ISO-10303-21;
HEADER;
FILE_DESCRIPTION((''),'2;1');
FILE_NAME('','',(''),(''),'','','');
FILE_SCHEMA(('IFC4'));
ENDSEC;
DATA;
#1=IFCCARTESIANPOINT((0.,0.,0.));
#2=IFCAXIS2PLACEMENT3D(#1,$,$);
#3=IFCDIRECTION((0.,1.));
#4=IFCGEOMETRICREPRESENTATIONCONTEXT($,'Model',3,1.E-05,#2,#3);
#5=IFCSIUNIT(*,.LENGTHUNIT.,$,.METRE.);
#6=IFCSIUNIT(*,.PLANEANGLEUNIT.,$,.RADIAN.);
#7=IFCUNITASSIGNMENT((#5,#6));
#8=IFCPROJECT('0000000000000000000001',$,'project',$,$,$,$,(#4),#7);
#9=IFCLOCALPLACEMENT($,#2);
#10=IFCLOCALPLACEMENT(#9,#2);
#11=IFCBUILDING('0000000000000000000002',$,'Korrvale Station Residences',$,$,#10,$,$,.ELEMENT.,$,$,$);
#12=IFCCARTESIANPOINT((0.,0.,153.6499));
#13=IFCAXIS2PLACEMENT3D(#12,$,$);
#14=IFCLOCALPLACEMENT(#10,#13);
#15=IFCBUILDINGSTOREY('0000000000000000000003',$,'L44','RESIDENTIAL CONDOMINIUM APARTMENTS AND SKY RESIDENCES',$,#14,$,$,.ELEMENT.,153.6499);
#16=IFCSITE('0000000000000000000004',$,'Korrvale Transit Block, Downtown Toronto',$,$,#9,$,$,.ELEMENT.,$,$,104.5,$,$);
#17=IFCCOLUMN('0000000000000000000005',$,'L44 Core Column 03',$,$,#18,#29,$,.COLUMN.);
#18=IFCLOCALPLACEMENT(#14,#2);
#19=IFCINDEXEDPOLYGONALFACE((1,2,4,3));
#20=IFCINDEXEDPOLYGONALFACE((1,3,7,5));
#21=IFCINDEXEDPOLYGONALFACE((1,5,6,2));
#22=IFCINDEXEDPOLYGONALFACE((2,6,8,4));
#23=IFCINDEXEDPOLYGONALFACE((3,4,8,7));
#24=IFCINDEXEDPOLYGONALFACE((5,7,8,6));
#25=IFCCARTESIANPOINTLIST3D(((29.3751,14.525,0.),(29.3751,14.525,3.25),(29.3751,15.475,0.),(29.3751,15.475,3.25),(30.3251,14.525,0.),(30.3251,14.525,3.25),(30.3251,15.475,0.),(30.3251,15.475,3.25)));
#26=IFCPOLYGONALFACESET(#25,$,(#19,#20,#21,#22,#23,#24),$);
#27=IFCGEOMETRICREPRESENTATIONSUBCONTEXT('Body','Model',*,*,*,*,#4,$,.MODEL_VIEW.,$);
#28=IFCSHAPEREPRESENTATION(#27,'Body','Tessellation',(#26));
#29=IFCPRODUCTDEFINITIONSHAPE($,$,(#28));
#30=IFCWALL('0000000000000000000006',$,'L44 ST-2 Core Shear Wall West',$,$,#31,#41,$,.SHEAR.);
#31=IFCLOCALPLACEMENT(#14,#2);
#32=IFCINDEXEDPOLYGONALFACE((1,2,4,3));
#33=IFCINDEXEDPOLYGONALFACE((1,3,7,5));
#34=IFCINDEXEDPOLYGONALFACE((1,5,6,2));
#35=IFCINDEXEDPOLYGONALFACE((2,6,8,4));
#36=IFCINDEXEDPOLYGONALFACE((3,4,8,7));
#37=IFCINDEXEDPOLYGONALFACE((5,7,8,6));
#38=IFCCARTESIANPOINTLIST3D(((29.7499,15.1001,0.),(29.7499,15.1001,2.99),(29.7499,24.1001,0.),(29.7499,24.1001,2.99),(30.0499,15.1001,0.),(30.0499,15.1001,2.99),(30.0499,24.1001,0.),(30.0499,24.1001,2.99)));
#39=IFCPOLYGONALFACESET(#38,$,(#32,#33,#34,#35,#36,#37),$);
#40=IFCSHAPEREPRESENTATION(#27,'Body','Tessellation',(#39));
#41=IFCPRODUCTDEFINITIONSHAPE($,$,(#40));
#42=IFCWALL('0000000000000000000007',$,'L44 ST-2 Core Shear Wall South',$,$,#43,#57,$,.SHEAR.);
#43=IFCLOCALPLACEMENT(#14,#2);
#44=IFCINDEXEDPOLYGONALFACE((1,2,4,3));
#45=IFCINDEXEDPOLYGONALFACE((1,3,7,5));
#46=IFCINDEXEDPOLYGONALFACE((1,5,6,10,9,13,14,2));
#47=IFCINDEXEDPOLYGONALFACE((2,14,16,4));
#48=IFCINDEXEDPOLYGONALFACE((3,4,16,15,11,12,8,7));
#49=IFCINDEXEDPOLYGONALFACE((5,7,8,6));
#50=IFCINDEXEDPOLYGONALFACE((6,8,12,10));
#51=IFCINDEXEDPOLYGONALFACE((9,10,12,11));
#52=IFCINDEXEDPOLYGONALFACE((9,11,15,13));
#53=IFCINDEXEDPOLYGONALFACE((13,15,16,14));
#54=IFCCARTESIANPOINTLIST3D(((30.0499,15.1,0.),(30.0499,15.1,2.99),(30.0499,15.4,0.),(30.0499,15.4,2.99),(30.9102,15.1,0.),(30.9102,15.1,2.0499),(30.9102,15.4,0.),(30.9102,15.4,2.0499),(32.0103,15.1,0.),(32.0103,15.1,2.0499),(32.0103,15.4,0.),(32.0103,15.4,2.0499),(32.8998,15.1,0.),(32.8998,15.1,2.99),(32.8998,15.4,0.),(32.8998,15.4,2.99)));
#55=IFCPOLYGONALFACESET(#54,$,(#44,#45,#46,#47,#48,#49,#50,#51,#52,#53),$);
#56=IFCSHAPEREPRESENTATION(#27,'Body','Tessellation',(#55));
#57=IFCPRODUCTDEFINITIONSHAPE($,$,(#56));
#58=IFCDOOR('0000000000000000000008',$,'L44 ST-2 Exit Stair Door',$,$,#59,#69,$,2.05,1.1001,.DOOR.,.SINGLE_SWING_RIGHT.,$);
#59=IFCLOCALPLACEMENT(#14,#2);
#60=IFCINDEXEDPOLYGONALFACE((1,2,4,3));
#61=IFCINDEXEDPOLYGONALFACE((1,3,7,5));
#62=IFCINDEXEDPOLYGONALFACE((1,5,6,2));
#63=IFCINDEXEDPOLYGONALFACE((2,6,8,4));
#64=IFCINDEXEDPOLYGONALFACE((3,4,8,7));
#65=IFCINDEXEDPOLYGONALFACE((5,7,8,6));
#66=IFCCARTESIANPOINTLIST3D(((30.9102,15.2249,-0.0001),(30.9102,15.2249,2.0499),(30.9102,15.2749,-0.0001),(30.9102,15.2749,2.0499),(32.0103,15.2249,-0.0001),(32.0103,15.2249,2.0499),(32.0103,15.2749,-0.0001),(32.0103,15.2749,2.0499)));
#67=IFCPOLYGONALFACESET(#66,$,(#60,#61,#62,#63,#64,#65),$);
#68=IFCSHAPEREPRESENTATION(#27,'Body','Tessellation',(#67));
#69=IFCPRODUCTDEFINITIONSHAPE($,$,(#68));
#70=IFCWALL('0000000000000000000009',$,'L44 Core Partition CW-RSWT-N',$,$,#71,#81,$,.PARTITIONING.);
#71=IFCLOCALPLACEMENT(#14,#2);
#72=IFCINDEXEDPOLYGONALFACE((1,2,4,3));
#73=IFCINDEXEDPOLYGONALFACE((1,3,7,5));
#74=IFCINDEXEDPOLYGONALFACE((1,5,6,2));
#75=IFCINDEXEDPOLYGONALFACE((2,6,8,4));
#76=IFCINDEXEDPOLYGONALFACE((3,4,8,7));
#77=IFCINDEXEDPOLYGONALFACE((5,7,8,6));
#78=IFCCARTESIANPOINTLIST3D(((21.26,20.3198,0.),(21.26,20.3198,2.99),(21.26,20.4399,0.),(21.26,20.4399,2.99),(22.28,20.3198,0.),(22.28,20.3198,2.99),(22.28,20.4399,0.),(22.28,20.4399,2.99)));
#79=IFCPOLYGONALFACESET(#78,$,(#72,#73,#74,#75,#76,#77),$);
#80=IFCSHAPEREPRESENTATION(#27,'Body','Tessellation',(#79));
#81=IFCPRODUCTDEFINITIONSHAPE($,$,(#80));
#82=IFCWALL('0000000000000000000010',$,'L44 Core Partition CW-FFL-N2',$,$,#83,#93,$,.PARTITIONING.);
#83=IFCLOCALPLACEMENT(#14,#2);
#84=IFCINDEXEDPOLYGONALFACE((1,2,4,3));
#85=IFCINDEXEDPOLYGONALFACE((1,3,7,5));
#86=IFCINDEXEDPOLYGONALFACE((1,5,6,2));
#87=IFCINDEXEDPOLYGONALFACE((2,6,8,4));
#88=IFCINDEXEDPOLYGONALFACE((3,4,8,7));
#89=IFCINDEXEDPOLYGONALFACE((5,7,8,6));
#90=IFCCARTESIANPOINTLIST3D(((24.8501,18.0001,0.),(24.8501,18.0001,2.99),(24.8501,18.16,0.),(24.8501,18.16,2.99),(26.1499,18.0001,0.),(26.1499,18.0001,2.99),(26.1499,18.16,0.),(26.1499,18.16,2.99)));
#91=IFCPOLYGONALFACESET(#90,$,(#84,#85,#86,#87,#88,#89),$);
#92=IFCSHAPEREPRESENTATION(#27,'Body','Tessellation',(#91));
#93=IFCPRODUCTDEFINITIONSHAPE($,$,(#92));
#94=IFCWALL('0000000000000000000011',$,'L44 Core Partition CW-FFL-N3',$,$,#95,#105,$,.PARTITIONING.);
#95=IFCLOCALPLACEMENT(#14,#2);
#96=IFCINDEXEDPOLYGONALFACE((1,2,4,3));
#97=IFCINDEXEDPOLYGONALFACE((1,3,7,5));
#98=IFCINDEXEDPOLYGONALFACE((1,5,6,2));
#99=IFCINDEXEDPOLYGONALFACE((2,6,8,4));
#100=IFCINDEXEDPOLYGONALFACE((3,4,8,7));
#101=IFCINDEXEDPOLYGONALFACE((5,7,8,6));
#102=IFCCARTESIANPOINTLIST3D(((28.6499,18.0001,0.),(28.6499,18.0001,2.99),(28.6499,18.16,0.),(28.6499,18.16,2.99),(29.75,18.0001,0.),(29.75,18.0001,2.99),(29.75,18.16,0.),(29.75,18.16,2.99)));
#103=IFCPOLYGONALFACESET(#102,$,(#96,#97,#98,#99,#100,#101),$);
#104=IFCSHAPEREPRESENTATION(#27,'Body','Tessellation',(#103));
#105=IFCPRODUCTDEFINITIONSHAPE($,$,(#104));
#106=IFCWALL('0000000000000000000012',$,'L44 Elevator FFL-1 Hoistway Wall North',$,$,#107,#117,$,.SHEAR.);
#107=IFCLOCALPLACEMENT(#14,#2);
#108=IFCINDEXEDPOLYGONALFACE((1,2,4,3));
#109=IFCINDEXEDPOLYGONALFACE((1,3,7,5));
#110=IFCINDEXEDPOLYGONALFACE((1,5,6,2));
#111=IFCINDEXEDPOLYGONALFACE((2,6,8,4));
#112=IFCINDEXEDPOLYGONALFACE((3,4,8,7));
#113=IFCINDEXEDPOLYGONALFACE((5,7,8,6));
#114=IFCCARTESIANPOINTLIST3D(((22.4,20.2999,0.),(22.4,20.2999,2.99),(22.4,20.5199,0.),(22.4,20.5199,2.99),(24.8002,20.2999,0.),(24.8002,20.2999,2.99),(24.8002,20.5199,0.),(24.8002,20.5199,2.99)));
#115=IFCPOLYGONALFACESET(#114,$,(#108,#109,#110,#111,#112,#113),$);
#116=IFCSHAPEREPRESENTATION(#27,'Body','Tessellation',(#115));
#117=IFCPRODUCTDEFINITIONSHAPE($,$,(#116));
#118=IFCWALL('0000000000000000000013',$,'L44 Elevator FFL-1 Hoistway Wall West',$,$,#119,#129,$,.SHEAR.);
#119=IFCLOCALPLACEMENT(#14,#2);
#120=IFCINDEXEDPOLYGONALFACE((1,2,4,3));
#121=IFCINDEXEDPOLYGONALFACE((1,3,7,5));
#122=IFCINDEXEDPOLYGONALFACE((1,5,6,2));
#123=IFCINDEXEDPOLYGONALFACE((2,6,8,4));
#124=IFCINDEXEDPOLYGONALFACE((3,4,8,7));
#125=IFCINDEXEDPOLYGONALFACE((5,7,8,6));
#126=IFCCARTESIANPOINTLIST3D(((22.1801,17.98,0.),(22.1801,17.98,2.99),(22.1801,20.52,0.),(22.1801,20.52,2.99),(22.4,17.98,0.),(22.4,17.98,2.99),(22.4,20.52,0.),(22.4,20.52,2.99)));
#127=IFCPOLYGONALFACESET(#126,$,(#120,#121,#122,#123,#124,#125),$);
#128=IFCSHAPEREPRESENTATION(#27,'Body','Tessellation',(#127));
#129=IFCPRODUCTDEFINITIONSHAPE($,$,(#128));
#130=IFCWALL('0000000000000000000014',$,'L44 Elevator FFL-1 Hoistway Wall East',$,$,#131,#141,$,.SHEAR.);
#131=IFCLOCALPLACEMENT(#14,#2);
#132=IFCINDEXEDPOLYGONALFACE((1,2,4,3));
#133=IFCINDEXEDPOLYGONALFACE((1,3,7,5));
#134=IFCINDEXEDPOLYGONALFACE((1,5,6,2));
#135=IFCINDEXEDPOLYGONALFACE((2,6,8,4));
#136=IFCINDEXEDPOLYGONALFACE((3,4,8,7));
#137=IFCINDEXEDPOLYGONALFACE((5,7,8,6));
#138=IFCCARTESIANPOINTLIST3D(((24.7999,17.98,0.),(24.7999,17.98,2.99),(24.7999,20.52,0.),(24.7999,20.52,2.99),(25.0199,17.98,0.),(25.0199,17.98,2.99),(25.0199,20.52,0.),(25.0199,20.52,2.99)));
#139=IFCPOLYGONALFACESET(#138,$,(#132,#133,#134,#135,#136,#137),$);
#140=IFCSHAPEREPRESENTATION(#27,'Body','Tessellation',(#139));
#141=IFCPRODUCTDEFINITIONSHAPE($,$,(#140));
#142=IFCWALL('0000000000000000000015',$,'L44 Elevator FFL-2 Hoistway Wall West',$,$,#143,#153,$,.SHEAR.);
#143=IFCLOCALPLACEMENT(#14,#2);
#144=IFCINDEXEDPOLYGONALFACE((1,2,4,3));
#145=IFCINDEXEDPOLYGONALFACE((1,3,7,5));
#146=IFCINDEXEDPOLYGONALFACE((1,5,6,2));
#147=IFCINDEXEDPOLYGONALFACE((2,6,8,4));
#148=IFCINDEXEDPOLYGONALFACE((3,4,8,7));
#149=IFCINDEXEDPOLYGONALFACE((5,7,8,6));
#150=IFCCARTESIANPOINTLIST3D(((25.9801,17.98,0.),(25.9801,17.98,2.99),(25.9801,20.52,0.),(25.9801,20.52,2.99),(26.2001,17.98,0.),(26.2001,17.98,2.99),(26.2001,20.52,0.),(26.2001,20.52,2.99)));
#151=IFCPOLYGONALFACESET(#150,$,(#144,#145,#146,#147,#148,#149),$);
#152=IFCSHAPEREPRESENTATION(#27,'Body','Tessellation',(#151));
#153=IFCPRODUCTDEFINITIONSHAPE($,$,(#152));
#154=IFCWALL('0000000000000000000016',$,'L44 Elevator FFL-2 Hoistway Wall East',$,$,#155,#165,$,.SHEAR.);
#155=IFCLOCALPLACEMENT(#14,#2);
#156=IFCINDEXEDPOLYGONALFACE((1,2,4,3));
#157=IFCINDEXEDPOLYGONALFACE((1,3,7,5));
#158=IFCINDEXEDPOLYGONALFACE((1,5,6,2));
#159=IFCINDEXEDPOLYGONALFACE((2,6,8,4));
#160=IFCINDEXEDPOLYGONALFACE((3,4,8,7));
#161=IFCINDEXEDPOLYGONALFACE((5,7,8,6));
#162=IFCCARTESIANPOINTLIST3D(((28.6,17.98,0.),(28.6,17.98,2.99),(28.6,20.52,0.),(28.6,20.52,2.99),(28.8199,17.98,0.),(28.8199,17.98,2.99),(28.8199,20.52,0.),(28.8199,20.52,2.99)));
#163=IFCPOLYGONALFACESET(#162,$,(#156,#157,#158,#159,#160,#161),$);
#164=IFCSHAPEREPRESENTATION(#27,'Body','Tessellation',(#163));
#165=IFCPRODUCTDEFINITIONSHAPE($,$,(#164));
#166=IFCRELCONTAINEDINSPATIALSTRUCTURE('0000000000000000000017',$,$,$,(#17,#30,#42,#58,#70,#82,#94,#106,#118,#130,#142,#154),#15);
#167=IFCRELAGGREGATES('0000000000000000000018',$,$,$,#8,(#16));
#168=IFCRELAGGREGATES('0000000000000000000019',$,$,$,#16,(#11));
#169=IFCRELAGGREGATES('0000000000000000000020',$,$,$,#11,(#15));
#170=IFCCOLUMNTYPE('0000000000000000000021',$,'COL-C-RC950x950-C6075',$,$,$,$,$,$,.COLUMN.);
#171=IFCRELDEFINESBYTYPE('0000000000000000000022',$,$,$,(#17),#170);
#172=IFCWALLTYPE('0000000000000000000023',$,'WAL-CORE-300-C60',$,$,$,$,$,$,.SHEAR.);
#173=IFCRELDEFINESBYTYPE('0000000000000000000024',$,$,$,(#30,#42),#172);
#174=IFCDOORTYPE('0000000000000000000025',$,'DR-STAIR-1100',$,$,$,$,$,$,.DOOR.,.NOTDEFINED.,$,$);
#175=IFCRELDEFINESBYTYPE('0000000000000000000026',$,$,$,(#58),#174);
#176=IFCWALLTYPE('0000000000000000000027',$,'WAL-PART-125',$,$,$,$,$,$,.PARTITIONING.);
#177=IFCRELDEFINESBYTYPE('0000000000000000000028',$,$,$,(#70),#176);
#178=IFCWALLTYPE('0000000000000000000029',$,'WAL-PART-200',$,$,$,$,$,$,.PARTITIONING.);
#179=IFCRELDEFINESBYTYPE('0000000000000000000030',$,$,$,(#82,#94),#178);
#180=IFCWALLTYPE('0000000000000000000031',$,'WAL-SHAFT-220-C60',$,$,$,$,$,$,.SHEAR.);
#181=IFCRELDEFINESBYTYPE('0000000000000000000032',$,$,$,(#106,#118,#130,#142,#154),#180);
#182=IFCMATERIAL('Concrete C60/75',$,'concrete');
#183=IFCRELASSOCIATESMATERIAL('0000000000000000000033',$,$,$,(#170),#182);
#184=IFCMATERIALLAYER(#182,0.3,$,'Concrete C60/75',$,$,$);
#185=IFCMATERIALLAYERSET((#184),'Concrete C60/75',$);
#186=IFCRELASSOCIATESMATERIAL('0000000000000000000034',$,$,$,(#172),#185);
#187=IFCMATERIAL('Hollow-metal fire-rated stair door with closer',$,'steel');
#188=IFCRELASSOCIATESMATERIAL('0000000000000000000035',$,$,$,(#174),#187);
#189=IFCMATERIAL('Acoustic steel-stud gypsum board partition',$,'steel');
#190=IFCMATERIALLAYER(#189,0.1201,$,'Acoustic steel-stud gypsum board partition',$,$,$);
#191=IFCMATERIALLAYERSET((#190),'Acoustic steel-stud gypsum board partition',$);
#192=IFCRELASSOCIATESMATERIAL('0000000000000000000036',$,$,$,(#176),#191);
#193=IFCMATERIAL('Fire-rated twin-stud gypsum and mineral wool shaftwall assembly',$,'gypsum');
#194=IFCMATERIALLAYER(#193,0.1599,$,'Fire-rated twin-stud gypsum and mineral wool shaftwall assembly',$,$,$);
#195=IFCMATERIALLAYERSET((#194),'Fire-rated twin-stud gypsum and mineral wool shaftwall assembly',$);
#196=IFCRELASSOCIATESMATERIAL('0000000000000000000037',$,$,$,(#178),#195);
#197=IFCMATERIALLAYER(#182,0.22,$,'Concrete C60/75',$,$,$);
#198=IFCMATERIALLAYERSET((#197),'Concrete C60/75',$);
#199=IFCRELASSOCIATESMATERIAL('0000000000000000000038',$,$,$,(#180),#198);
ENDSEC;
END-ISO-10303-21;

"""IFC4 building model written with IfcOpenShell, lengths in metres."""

from ifc_helpers import new_model, si_unit, direction, frame, frame_2d, origin, origin_2d, place, context, subcontext, project, spatial, rectangle, extrude, material, layer, layer_set, material_profile, profile_set, type_object, element, fill, save


model = new_model("IFC4")

# Units and contexts
model_context = context("Model", 3, precision=1e-05, world=origin(), true_north=direction((0.0, 1.0)))
body_context = subcontext(model_context, "Body", "Model", "MODEL_VIEW")
ifc_project = project(units=[si_unit("LENGTHUNIT", "METRE"), si_unit("PLANEANGLEUNIT", "RADIAN")], contexts=[model_context])

# Site, building, storey
site_placement = place(None, origin())
site = spatial("IfcSite", under=ifc_project, at=site_placement, Name="Korrvale Transit Block, Downtown Toronto", CompositionType="ELEMENT", RefElevation=104.5)
building_placement = place(site_placement, origin())
building = spatial("IfcBuilding", under=site, at=building_placement, Name="Korrvale Station Residences", CompositionType="ELEMENT")
storey_placement = place(building_placement, frame((0.0, 0.0, 153.6499)))
storey = spatial("IfcBuildingStorey", under=building, at=storey_placement, Name="L44", Description="RESIDENTIAL CONDOMINIUM APARTMENTS AND SKY RESIDENCES", CompositionType="ELEMENT", Elevation=153.6499)

# Column
ifc_material_1 = material(Name="Concrete C60/75", Category="concrete")
ifc_material_profile = material_profile(ifc_material_1, rectangle(XDim=0.95, YDim=0.95, at=origin_2d()), Name="RC950x950")
ifc_profile_set = profile_set([ifc_material_profile], Name="Concrete C60/75")
column_type = type_object("IfcColumnType", Name="COL-C-RC950x950-C6075", PredefinedType="COLUMN", material=ifc_profile_set)
column_placement = place(storey_placement, frame((29.8501, 15.0, 0.0), z_axis=(0.0, 0.0, 1.0), x_axis=(1.0, 0.0, 0.0)))
element("IfcColumn", 1, at=column_placement, inside=storey, type_object=column_type, Name="L44 Core Column 03", PredefinedType="COLUMN", context=body_context, shape_type="SweptSolid", body=[
    extrude(rectangle(XDim=0.95, YDim=0.95, at=origin_2d()), origin(), (0.0, 0.0, 1.0), 3.25),
])

# Wall
ifc_layer_1 = layer(ifc_material_1, 0.3, Name="Concrete C60/75")
ifc_layer_set_1 = layer_set([ifc_layer_1], Name="Concrete C60/75")
wall_type_1 = type_object("IfcWallType", Name="WAL-CORE-300-C60", PredefinedType="SHEAR", material=ifc_layer_set_1)
wall_1_placement = place(storey_placement, frame((29.8999, 15.1001, 0.0), z_axis=(0.0, 0.0, 1.0), x_axis=(0.0, 1.0, 0.0)))
element("IfcWall", 2, at=wall_1_placement, inside=storey, type_object=wall_type_1, Name="L44 ST-2 Core Shear Wall West", PredefinedType="SHEAR", context=body_context, shape_type="SweptSolid", body=[
    extrude(rectangle(XDim=9.0, YDim=0.3, at=frame_2d((4.5, 0.0))), origin(), (0.0, 0.0, 1.0), 2.99),
])

# Wall, opening, door
wall_2_placement = place(storey_placement, frame((30.05, 15.25, 0.0), z_axis=(0.0, 0.0, 1.0), x_axis=(1.0, 0.0, 0.0)))
wall_2 = element("IfcWall", 3, at=wall_2_placement, inside=storey, type_object=wall_type_1, Name="L44 ST-2 Core Shear Wall South", PredefinedType="SHEAR", context=body_context, shape_type="SweptSolid", body=[
    extrude(rectangle(XDim=2.8499, YDim=0.3, at=frame_2d((1.4248, 0.0))), origin(), (0.0, 0.0, 1.0), 2.99),
])
opening_1_placement = place(wall_2_placement, frame((0.8601, 0.0, 0.0)))
opening_1 = element("IfcOpeningElement", 4, at=opening_1_placement, cuts=wall_2, PredefinedType="OPENING", context=body_context, shape_type="SweptSolid", body=[
    extrude(rectangle(XDim=1.1001, YDim=2.05, at=frame_2d((0.55, 1.0249))), frame((0.0, 0.1602, 0.0), z_axis=(0.0, -1.0, 0.0), x_axis=(1.0, 0.0, 0.0)), (0.0, 0.0, 1.0), 0.3201),
])
ifc_material_2 = material(Name="Hollow-metal fire-rated stair door with closer", Category="steel")
door_type_1 = type_object("IfcDoorType", Name="DR-STAIR-1100", OperationType="NOTDEFINED", PredefinedType="DOOR", material=ifc_material_2)
door_1_placement = place(opening_1_placement, origin())
door_1 = element("IfcDoor", 5, at=door_1_placement, inside=storey, type_object=door_type_1, Name="L44 ST-2 Exit Stair Door", OperationType="SINGLE_SWING_RIGHT", OverallHeight=2.05, OverallWidth=1.1001, PredefinedType="DOOR", context=body_context, shape_type="SweptSolid", body=[
    extrude(rectangle(XDim=1.1001, YDim=2.05, at=frame_2d((0.55, 1.0249))), frame((0.0, 0.0249, 0.0), z_axis=(0.0, -1.0, 0.0), x_axis=(1.0, 0.0, 0.0)), (0.0, 0.0, 1.0), 0.05),
])
fill(opening_1, door_1)

# Walls
ifc_material_3 = material(Name="Acoustic steel-stud gypsum board partition", Category="steel")
ifc_layer_2 = layer(ifc_material_3, 0.1201, Name="Acoustic steel-stud gypsum board partition")
ifc_layer_set_2 = layer_set([ifc_layer_2], Name="Acoustic steel-stud gypsum board partition")
wall_type_2 = type_object("IfcWallType", Name="WAL-PART-125", PredefinedType="PARTITIONING", material=ifc_layer_set_2)
wall_3_placement = place(storey_placement, frame((22.28, 20.3799, 0.0), z_axis=(0.0, 0.0, 1.0), x_axis=(-1.0, 0.0, 0.0)))
element("IfcWall", 6, at=wall_3_placement, inside=storey, type_object=wall_type_2, Name="L44 Core Partition CW-RSWT-N", PredefinedType="PARTITIONING", context=body_context, shape_type="SweptSolid", body=[
    extrude(rectangle(XDim=1.02, YDim=0.1201, at=frame_2d((0.51, 0.0))), origin(), (0.0, 0.0, 1.0), 2.99),
])
ifc_material_4 = material(Name="Fire-rated twin-stud gypsum and mineral wool shaftwall assembly", Category="gypsum")
ifc_layer_3 = layer(ifc_material_4, 0.1599, Name="Fire-rated twin-stud gypsum and mineral wool shaftwall assembly")
ifc_layer_set_3 = layer_set([ifc_layer_3], Name="Fire-rated twin-stud gypsum and mineral wool shaftwall assembly")
wall_type_3 = type_object("IfcWallType", Name="WAL-PART-200", PredefinedType="PARTITIONING", material=ifc_layer_set_3)
wall_4_placement = place(storey_placement, frame((24.8501, 18.0801, 0.0), z_axis=(0.0, 0.0, 1.0), x_axis=(1.0, 0.0, 0.0)))
element("IfcWall", 7, at=wall_4_placement, inside=storey, type_object=wall_type_3, Name="L44 Core Partition CW-FFL-N2", PredefinedType="PARTITIONING", context=body_context, shape_type="SweptSolid", body=[
    extrude(rectangle(XDim=1.2998, YDim=0.1599, at=frame_2d((0.6499, 0.0))), origin(), (0.0, 0.0, 1.0), 2.99),
])
wall_5_placement = place(storey_placement, frame((28.6499, 18.0801, 0.0), z_axis=(0.0, 0.0, 1.0), x_axis=(1.0, 0.0, 0.0)))
element("IfcWall", 8, at=wall_5_placement, inside=storey, type_object=wall_type_3, Name="L44 Core Partition CW-FFL-N3", PredefinedType="PARTITIONING", context=body_context, shape_type="SweptSolid", body=[
    extrude(rectangle(XDim=1.1001, YDim=0.1599, at=frame_2d((0.55, 0.0))), origin(), (0.0, 0.0, 1.0), 2.99),
])

# Shared definitions
ifc_layer_4 = layer(ifc_material_1, 0.22, Name="Concrete C60/75")
ifc_layer_set_4 = layer_set([ifc_layer_4], Name="Concrete C60/75")
wall_type_4 = type_object("IfcWallType", Name="WAL-SHAFT-220-C60", PredefinedType="SHEAR", material=ifc_layer_set_4)

# Walls
wall_6_placement = place(storey_placement, frame((22.3999, 20.4099, 0.0), z_axis=(0.0, 0.0, 1.0), x_axis=(1.0, 0.0, 0.0)))
element("IfcWall", 9, at=wall_6_placement, inside=storey, type_object=wall_type_4, Name="L44 Elevator FFL-1 Hoistway Wall North", PredefinedType="SHEAR", context=body_context, shape_type="SweptSolid", body=[
    extrude(rectangle(XDim=2.4001, YDim=0.22, at=frame_2d((1.2002, 0.0))), origin(), (0.0, 0.0, 1.0), 2.99),
])
for number, where, z_axis, x_axis, name in (
    (10, (22.29, 17.98, 0.0), (0.0, 0.0, 1.0), (0.0, 1.0, 0.0), "L44 Elevator FFL-1 Hoistway Wall West"),
    (11, (24.9099, 17.98, 0.0), (0.0, 0.0, 1.0), (0.0, 1.0, 0.0), "L44 Elevator FFL-1 Hoistway Wall East"),
):
    element("IfcWall", number, at=place(storey_placement, frame(where, z_axis=z_axis, x_axis=x_axis)), inside=storey, type_object=wall_type_4, Name=name, PredefinedType="SHEAR", context=body_context, shape_type="SweptSolid", body=[
        extrude(rectangle(XDim=2.54, YDim=0.22, at=frame_2d((1.27, 0.0))), origin(), (0.0, 0.0, 1.0), 2.99),
    ])

# Walls
for number, where, z_axis, x_axis, name in (
    (12, (26.0901, 17.98, 0.0), (0.0, 0.0, 1.0), (0.0, 1.0, 0.0), "L44 Elevator FFL-2 Hoistway Wall West"),
    (13, (28.71, 17.98, 0.0), (0.0, 0.0, 1.0), (0.0, 1.0, 0.0), "L44 Elevator FFL-2 Hoistway Wall East"),
):
    element("IfcWall", number, at=place(storey_placement, frame(where, z_axis=z_axis, x_axis=x_axis)), inside=storey, type_object=wall_type_4, Name=name, PredefinedType="SHEAR", context=body_context, shape_type="SweptSolid", body=[
        extrude(rectangle(XDim=2.54, YDim=0.22, at=frame_2d((1.27, 0.0))), origin(), (0.0, 0.0, 1.0), 2.99),
    ])

save(model, "model.ifc")
